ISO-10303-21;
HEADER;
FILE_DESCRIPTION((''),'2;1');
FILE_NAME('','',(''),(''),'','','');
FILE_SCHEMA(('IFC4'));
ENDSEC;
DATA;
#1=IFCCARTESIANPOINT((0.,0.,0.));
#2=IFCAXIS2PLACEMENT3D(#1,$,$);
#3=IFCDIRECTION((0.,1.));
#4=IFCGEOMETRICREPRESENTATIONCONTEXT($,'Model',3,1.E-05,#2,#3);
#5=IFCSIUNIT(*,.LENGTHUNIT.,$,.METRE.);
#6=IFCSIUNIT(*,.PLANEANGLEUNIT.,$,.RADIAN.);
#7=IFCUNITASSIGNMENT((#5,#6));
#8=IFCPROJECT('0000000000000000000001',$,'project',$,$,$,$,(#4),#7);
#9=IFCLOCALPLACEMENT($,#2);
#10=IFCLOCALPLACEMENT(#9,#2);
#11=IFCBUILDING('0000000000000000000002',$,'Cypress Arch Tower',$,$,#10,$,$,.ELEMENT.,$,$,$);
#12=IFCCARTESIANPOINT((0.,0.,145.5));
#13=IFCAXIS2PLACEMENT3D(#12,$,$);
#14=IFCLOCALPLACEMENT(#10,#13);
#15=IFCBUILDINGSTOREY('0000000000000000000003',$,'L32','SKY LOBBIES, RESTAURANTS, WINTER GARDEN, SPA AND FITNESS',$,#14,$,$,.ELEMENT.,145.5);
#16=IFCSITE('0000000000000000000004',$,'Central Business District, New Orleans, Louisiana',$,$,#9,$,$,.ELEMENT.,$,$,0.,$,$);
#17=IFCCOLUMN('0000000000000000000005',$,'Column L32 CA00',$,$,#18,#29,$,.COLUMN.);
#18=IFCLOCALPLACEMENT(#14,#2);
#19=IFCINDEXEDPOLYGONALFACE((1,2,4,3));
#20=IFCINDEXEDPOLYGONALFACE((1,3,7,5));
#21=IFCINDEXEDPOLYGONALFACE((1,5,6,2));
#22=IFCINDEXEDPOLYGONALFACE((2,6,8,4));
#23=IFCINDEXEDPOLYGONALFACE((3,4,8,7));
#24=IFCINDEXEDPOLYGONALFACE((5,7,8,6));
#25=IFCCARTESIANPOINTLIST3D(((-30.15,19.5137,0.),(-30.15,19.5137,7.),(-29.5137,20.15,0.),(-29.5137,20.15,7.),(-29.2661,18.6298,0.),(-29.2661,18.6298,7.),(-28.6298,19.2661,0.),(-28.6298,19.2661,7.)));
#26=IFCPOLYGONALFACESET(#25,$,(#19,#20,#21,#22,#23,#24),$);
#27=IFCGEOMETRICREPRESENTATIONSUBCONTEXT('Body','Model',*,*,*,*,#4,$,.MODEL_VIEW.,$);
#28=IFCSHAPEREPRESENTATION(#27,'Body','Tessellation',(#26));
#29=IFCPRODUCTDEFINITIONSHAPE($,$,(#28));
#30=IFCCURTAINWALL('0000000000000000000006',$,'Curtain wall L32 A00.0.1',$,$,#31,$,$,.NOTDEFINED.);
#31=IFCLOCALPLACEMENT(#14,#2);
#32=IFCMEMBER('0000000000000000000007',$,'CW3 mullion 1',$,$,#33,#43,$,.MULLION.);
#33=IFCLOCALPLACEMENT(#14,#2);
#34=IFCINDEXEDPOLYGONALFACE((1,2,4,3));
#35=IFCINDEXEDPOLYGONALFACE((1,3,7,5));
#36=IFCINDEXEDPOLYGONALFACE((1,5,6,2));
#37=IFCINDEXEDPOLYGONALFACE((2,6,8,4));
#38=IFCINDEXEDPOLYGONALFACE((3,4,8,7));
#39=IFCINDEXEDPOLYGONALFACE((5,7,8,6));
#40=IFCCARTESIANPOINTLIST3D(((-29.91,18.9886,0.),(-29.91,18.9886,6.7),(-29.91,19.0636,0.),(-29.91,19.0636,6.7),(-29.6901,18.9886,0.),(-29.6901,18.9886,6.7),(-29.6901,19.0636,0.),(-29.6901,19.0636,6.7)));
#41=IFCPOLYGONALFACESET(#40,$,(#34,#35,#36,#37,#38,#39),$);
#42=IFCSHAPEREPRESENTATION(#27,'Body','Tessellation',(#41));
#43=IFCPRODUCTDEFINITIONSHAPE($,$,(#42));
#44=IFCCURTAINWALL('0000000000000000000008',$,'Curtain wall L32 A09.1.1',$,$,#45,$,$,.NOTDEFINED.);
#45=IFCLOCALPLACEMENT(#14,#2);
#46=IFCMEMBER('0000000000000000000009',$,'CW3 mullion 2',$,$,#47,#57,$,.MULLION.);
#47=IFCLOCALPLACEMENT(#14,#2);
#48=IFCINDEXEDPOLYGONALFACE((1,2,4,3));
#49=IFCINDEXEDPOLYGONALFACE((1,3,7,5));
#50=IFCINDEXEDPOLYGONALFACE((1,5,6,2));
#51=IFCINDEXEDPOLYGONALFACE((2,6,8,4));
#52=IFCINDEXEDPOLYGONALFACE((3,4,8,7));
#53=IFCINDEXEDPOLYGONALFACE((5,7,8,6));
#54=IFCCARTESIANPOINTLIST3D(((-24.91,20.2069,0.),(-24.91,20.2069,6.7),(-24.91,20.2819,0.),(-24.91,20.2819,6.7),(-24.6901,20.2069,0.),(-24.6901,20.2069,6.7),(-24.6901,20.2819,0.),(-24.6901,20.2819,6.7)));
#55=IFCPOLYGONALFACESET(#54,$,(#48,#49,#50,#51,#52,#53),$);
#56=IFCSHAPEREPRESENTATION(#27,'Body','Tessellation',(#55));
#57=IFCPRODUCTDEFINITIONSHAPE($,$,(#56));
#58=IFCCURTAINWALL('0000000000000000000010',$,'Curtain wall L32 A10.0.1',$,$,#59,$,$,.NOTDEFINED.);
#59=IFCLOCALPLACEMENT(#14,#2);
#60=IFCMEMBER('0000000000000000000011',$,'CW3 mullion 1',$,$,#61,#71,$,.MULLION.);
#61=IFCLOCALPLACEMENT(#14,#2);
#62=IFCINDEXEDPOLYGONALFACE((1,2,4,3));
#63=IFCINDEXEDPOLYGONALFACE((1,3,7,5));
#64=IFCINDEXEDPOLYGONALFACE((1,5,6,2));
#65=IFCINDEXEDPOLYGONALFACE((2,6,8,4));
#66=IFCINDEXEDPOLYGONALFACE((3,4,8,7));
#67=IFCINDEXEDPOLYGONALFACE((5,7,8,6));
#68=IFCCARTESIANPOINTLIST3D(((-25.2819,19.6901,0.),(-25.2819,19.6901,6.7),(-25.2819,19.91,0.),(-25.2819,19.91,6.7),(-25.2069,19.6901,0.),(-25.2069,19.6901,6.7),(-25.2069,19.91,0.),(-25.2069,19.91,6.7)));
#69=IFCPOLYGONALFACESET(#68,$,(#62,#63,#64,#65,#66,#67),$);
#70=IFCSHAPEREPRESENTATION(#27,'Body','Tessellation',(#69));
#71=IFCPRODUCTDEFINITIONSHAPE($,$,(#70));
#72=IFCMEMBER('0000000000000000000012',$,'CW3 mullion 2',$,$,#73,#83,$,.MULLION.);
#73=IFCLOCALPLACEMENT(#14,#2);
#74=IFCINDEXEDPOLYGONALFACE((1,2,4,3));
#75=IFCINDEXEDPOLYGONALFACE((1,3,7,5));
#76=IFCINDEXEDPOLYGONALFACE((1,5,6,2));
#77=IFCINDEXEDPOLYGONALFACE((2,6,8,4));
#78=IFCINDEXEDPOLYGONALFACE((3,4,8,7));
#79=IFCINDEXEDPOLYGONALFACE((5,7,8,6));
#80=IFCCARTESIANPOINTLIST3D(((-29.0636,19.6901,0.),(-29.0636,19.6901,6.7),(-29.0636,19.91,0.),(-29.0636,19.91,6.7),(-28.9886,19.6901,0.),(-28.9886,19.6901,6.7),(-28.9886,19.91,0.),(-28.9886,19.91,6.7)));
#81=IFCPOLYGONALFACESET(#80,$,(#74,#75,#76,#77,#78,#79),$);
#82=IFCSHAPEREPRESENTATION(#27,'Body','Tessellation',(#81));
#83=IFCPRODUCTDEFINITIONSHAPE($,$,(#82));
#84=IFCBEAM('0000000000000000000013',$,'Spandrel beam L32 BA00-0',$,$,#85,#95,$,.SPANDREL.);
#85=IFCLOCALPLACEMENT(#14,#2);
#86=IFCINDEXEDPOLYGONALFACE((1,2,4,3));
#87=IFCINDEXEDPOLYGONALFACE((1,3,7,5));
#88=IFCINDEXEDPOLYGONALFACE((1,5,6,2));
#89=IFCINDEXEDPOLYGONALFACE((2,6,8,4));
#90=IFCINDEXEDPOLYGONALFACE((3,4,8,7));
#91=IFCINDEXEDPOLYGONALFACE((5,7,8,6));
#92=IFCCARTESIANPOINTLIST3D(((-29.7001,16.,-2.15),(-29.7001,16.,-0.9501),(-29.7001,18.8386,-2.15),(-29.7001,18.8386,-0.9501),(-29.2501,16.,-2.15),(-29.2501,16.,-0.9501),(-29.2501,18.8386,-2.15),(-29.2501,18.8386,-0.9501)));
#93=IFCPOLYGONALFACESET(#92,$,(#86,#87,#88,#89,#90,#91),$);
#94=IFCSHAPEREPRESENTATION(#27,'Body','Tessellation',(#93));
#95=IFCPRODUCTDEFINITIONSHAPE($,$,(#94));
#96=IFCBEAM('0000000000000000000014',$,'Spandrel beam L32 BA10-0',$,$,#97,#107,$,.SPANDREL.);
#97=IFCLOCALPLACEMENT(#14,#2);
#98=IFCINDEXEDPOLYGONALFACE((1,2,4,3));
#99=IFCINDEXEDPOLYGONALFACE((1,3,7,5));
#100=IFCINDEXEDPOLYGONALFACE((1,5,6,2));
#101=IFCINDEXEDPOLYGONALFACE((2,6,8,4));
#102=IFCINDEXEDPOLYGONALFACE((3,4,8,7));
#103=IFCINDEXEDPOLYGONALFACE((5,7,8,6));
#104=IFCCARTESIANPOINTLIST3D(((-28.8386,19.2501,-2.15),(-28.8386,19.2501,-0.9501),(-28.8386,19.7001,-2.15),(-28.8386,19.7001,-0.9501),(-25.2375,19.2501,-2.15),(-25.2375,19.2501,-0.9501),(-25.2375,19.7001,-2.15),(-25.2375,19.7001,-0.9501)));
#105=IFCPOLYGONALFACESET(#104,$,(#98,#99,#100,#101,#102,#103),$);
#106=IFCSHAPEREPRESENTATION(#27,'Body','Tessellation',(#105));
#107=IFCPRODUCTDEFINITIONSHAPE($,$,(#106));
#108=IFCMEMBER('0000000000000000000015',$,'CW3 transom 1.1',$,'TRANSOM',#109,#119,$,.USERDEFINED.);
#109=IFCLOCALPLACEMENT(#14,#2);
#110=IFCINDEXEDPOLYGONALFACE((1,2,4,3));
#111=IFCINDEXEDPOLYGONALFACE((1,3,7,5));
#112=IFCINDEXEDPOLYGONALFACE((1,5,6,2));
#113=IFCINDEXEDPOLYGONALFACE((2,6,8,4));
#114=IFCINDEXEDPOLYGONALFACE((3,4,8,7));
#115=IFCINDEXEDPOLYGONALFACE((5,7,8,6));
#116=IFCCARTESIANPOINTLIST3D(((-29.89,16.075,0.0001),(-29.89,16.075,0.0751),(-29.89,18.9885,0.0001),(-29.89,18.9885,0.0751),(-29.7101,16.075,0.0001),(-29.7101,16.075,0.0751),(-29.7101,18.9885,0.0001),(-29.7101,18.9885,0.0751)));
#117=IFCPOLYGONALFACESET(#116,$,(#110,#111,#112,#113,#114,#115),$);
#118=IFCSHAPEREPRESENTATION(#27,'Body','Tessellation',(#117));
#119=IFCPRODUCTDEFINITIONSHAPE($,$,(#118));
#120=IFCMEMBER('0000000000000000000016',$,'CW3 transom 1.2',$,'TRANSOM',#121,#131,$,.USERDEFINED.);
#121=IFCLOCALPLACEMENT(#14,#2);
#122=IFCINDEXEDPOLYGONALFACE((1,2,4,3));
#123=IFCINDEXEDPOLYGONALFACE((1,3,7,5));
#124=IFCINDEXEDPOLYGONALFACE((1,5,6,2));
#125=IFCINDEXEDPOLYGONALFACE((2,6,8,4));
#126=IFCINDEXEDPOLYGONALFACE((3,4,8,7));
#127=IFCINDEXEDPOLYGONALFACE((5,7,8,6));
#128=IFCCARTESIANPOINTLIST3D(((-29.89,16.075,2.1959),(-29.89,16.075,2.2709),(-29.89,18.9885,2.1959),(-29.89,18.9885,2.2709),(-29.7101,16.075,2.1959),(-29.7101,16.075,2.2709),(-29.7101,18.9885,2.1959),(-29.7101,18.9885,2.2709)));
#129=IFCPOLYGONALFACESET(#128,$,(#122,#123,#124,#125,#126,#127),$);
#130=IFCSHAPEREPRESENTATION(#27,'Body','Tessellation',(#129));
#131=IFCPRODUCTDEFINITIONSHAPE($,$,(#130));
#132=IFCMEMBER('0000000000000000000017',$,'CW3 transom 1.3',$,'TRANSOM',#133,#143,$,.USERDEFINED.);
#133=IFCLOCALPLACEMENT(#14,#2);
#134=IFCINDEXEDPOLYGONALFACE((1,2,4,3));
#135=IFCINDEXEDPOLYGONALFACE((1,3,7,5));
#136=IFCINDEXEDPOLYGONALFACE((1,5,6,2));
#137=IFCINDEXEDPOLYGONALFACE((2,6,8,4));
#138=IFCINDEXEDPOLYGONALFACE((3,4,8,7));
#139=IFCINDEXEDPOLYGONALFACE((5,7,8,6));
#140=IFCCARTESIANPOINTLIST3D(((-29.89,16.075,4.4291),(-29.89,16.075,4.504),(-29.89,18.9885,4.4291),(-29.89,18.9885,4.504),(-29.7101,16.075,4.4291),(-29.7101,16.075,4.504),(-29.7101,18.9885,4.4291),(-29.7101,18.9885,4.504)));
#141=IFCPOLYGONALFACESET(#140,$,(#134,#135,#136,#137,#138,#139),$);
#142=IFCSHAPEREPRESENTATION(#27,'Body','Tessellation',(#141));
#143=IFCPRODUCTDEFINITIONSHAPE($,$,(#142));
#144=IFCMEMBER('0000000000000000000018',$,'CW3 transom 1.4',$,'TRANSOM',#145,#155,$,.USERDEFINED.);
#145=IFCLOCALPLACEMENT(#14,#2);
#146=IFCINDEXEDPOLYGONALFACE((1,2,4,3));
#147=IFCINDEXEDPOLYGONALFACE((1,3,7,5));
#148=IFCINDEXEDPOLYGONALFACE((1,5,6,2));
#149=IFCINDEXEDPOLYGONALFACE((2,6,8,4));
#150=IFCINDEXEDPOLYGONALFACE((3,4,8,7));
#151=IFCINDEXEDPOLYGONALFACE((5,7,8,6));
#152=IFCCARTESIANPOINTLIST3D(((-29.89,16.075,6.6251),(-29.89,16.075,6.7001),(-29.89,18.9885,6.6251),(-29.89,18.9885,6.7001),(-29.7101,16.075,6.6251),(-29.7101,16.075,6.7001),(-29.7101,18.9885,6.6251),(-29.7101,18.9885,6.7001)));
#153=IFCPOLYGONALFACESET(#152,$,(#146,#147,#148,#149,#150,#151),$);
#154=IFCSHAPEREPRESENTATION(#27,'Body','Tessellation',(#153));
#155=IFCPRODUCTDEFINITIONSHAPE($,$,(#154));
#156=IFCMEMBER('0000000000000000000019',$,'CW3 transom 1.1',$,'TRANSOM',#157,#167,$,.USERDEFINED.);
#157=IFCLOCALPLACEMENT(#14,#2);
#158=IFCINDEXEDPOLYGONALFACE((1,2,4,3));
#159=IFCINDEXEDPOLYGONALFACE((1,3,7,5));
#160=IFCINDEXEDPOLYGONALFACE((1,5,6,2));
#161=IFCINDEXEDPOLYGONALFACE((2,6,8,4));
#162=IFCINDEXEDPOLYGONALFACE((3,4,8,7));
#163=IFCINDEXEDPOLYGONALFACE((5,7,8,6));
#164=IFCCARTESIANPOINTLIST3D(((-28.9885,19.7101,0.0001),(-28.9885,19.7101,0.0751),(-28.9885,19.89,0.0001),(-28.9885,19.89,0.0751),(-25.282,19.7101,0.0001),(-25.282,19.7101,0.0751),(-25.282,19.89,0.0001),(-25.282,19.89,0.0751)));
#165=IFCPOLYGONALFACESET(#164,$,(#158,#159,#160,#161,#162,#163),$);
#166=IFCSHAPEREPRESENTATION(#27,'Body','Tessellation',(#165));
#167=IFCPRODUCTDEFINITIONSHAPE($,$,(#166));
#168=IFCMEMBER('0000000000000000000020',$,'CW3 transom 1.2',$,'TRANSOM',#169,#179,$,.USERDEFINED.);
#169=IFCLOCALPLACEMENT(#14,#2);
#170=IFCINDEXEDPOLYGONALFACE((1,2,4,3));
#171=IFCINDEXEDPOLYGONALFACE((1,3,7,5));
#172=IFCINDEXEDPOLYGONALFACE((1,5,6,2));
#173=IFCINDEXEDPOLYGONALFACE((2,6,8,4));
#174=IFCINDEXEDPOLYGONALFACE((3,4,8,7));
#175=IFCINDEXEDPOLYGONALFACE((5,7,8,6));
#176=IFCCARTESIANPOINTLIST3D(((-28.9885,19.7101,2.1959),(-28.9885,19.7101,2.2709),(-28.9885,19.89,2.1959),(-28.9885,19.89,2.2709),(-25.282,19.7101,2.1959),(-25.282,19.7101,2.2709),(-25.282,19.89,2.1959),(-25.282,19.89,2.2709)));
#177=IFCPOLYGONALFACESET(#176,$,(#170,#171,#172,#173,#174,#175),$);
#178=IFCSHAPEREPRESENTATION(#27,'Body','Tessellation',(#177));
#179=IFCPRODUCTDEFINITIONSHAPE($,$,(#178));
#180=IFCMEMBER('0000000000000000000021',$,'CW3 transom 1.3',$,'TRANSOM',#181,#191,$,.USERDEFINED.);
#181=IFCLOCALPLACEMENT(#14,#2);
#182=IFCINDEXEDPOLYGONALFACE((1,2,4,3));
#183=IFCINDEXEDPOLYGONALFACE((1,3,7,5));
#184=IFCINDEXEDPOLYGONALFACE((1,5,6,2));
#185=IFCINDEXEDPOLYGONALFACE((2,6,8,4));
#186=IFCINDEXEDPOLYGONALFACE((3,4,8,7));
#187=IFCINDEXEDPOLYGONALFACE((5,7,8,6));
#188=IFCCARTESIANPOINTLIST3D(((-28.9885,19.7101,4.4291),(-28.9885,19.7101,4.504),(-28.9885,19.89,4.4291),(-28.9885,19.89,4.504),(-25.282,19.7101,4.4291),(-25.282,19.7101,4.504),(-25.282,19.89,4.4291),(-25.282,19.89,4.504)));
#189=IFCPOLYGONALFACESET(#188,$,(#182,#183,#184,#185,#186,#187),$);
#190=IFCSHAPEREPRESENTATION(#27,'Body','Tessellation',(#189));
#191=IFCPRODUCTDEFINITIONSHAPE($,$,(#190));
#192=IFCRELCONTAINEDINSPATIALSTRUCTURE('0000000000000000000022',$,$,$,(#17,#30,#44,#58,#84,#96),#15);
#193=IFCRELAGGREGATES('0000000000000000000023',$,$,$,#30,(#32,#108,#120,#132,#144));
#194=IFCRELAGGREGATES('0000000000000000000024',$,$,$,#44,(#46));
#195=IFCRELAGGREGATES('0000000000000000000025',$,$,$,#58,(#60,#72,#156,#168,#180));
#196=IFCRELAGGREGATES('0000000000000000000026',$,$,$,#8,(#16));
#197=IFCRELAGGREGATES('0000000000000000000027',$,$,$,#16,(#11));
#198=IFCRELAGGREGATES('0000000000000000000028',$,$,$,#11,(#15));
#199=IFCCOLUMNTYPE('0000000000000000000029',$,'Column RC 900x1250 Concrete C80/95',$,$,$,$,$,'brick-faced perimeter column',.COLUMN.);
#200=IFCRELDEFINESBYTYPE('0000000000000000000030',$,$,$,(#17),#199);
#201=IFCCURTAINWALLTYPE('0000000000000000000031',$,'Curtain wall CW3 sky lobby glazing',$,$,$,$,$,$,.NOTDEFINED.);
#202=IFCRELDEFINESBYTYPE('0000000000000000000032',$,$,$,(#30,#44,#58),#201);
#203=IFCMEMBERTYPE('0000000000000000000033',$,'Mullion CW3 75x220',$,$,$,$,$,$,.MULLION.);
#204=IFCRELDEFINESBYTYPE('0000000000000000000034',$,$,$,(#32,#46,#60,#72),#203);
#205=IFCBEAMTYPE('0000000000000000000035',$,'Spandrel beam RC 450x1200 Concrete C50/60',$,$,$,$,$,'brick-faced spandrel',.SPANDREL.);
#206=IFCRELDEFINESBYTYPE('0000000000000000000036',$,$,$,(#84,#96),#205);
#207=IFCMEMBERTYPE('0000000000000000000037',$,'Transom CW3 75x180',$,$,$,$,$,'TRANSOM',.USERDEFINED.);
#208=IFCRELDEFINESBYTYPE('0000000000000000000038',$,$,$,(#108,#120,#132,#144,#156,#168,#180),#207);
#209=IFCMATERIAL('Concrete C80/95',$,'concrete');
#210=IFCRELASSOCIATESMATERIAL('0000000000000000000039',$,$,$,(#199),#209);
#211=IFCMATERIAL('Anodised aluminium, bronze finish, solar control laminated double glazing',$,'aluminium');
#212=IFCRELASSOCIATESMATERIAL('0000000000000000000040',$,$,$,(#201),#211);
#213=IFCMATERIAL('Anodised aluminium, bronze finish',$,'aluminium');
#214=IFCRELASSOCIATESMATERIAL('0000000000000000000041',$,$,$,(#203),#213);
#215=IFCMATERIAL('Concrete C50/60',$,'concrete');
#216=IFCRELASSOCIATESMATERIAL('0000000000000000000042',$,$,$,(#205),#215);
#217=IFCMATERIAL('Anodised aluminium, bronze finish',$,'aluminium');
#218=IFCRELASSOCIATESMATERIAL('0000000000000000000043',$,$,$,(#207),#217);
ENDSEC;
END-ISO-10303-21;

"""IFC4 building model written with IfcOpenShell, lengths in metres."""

from ifc_helpers import new_model, si_unit, direction, frame, origin, origin_2d, place, context, subcontext, project, spatial, rectangle, extrude, material, material_profile, profile_set, type_object, element, aggregate, save


model = new_model("IFC4")

# Units and contexts
model_context = context("Model", 3, precision=1e-05, world=origin(), true_north=direction((0.0, 1.0)))
body_context = subcontext(model_context, "Body", "Model", "MODEL_VIEW")
ifc_project = project(units=[si_unit("LENGTHUNIT", "METRE"), si_unit("PLANEANGLEUNIT", "RADIAN")], contexts=[model_context])

# Site, building, storey
site_placement = place(None, origin())
site = spatial("IfcSite", under=ifc_project, at=site_placement, Name="Central Business District, New Orleans, Louisiana", CompositionType="ELEMENT", RefElevation=0.0)
building_placement = place(site_placement, origin())
building = spatial("IfcBuilding", under=site, at=building_placement, Name="Cypress Arch Tower", CompositionType="ELEMENT")
storey_placement = place(building_placement, frame((0.0, 0.0, 145.5)))
storey = spatial("IfcBuildingStorey", under=building, at=storey_placement, Name="L32", Description="SKY LOBBIES, RESTAURANTS, WINTER GARDEN, SPA AND FITNESS", CompositionType="ELEMENT", Elevation=145.5)

# Column
ifc_material_1 = material(Name="Concrete C80/95", Category="concrete")
ifc_material_profile_1 = material_profile(ifc_material_1, rectangle(XDim=0.8999, YDim=1.25, at=origin_2d()), Name="RC 900x1250")
ifc_profile_set_1 = profile_set([ifc_material_profile_1], Name="Concrete C80/95")
column_type = type_object("IfcColumnType", Name="Column RC 900x1250 Concrete C80/95", ElementType="brick-faced perimeter column", PredefinedType="COLUMN", material=ifc_profile_set_1)
column_placement = place(storey_placement, frame((-29.3899, 19.3899, 0.0), z_axis=(0.0, 0.0, 1.0), x_axis=(-0.707107, -0.707107, 0.0)))
element("IfcColumn", 1, at=column_placement, inside=storey, type_object=column_type, Name="Column L32 CA00", PredefinedType="COLUMN", context=body_context, shape_type="SweptSolid", body=[
    extrude(rectangle(XDim=0.8999, YDim=1.25, at=origin_2d()), origin(), (0.0, 0.0, 1.0), 7.0),
])

# Curtain walls, members
ifc_material_2 = material(Name="Anodised aluminium, bronze finish, solar control laminated double glazing", Category="aluminium")
curtain_wall_type = type_object("IfcCurtainWallType", Name="Curtain wall CW3 sky lobby glazing", PredefinedType="NOTDEFINED", material=ifc_material_2)
curtain_wall_1_placement = place(storey_placement, origin())
curtain_wall_1 = element("IfcCurtainWall", 2, at=curtain_wall_1_placement, inside=storey, type_object=curtain_wall_type, Name="Curtain wall L32 A00.0.1", PredefinedType="NOTDEFINED")
ifc_material_3 = material(Name="Anodised aluminium, bronze finish", Category="aluminium")
ifc_material_profile_2 = material_profile(ifc_material_3, rectangle(XDim=0.22, YDim=0.075, at=origin_2d()), Name="Mullion 75x220")
ifc_profile_set_2 = profile_set([ifc_material_profile_2], Name="Anodised aluminium, bronze finish")
member_type_1 = type_object("IfcMemberType", Name="Mullion CW3 75x220", PredefinedType="MULLION", material=ifc_profile_set_2)
member_1_placement = place(storey_placement, frame((-29.8, 19.0261, 0.0), z_axis=(0.0, 0.0, 1.0), x_axis=(1.0, 0.0, 0.0)))
member_1 = element("IfcMember", 3, at=member_1_placement, type_object=member_type_1, Name="CW3 mullion 1", PredefinedType="MULLION", context=body_context, shape_type="SweptSolid", body=[
    extrude(rectangle(XDim=0.22, YDim=0.075, at=origin_2d()), origin(), (0.0, 0.0, 1.0), 6.7),
])
curtain_wall_2_placement = place(storey_placement, origin())
curtain_wall_2 = element("IfcCurtainWall", 4, at=curtain_wall_2_placement, inside=storey, type_object=curtain_wall_type, Name="Curtain wall L32 A09.1.1", PredefinedType="NOTDEFINED")
member_2_placement = place(storey_placement, frame((-24.8, 20.2444, 0.0), z_axis=(0.0, 0.0, 1.0), x_axis=(1.0, 0.0, 0.0)))
member_2 = element("IfcMember", 5, at=member_2_placement, type_object=member_type_1, Name="CW3 mullion 2", PredefinedType="MULLION", context=body_context, shape_type="SweptSolid", body=[
    extrude(rectangle(XDim=0.22, YDim=0.075, at=origin_2d()), origin(), (0.0, 0.0, 1.0), 6.7),
])

# Curtain wall, members
curtain_wall_3_placement = place(storey_placement, origin())
curtain_wall_3 = element("IfcCurtainWall", 6, at=curtain_wall_3_placement, inside=storey, type_object=curtain_wall_type, Name="Curtain wall L32 A10.0.1", PredefinedType="NOTDEFINED")
member_3_placement = place(storey_placement, frame((-25.2444, 19.8, 0.0), z_axis=(0.0, 0.0, 1.0), x_axis=(0.0, -1.0, 0.0)))
member_3 = element("IfcMember", 7, at=member_3_placement, type_object=member_type_1, Name="CW3 mullion 1", PredefinedType="MULLION", context=body_context, shape_type="SweptSolid", body=[
    extrude(rectangle(XDim=0.22, YDim=0.075, at=origin_2d()), origin(), (0.0, 0.0, 1.0), 6.7),
])
member_4_placement = place(storey_placement, frame((-29.0261, 19.8, 0.0), z_axis=(0.0, 0.0, 1.0), x_axis=(0.0, -1.0, 0.0)))
member_4 = element("IfcMember", 8, at=member_4_placement, type_object=member_type_1, Name="CW3 mullion 2", PredefinedType="MULLION", context=body_context, shape_type="SweptSolid", body=[
    extrude(rectangle(XDim=0.22, YDim=0.075, at=origin_2d()), origin(), (0.0, 0.0, 1.0), 6.7),
])

# Beams
ifc_material_4 = material(Name="Concrete C50/60", Category="concrete")
ifc_material_profile_3 = material_profile(ifc_material_4, rectangle(XDim=0.45, YDim=1.2, at=origin_2d()), Name="RC 450x1200")
ifc_profile_set_3 = profile_set([ifc_material_profile_3], Name="Concrete C50/60")
beam_type = type_object("IfcBeamType", Name="Spandrel beam RC 450x1200 Concrete C50/60", ElementType="brick-faced spandrel", PredefinedType="SPANDREL", material=ifc_profile_set_3)
beam_1_placement = place(storey_placement, frame((-29.4751, 18.8386, -1.55), z_axis=(0.0, -1.0, 0.0), x_axis=(1.0, 0.0, 0.0)))
element("IfcBeam", 9, at=beam_1_placement, inside=storey, type_object=beam_type, Name="Spandrel beam L32 BA00-0", PredefinedType="SPANDREL", context=body_context, shape_type="SweptSolid", body=[
    extrude(rectangle(XDim=0.45, YDim=1.2, at=origin_2d()), origin(), (0.0, 0.0, 1.0), 2.8386),
])
beam_2_placement = place(storey_placement, frame((-25.2375, 19.4751, -1.55), z_axis=(-1.0, 0.0, 0.0), x_axis=(0.0, -1.0, 0.0)))
element("IfcBeam", 10, at=beam_2_placement, inside=storey, type_object=beam_type, Name="Spandrel beam L32 BA10-0", PredefinedType="SPANDREL", context=body_context, shape_type="SweptSolid", body=[
    extrude(rectangle(XDim=0.45, YDim=1.2, at=origin_2d()), origin(), (0.0, 0.0, 1.0), 3.6011),
])

# Members
ifc_material_5 = material(Name="Anodised aluminium, bronze finish", Category="aluminium")
ifc_material_profile_4 = material_profile(ifc_material_5, rectangle(XDim=0.1799, YDim=0.075, at=origin_2d()), Name="Transom 75x180")
ifc_profile_set_4 = profile_set([ifc_material_profile_4], Name="Anodised aluminium, bronze finish")
member_type_2 = type_object("IfcMemberType", Name="Transom CW3 75x180", ElementType="TRANSOM", PredefinedType="USERDEFINED", material=ifc_profile_set_4)
member_5_placement = place(storey_placement, frame((-29.8, 18.9885, 0.0376), z_axis=(0.0, -1.0, 0.0), x_axis=(1.0, 0.0, 0.0)))
member_5 = element("IfcMember", 11, at=member_5_placement, type_object=member_type_2, Name="CW3 transom 1.1", ObjectType="TRANSOM", PredefinedType="USERDEFINED", context=body_context, shape_type="SweptSolid", body=[
    extrude(rectangle(XDim=0.1799, YDim=0.075, at=origin_2d()), origin(), (0.0, 0.0, 1.0), 2.9136),
])
member_6_placement = place(storey_placement, frame((-29.8, 18.9885, 2.2334), z_axis=(0.0, -1.0, 0.0), x_axis=(1.0, 0.0, 0.0)))
member_6 = element("IfcMember", 12, at=member_6_placement, type_object=member_type_2, Name="CW3 transom 1.2", ObjectType="TRANSOM", PredefinedType="USERDEFINED", context=body_context, shape_type="SweptSolid", body=[
    extrude(rectangle(XDim=0.1799, YDim=0.075, at=origin_2d()), origin(), (0.0, 0.0, 1.0), 2.9136),
])
member_7_placement = place(storey_placement, frame((-29.8, 18.9885, 4.4666), z_axis=(0.0, -1.0, 0.0), x_axis=(1.0, 0.0, 0.0)))
member_7 = element("IfcMember", 13, at=member_7_placement, type_object=member_type_2, Name="CW3 transom 1.3", ObjectType="TRANSOM", PredefinedType="USERDEFINED", context=body_context, shape_type="SweptSolid", body=[
    extrude(rectangle(XDim=0.1799, YDim=0.075, at=origin_2d()), origin(), (0.0, 0.0, 1.0), 2.9136),
])
member_8_placement = place(storey_placement, frame((-29.8, 18.9885, 6.6626), z_axis=(0.0, -1.0, 0.0), x_axis=(1.0, 0.0, 0.0)))
member_8 = element("IfcMember", 14, at=member_8_placement, type_object=member_type_2, Name="CW3 transom 1.4", ObjectType="TRANSOM", PredefinedType="USERDEFINED", context=body_context, shape_type="SweptSolid", body=[
    extrude(rectangle(XDim=0.1799, YDim=0.075, at=origin_2d()), origin(), (0.0, 0.0, 1.0), 2.9136),
])
member_9_placement = place(storey_placement, frame((-25.282, 19.8, 0.0376), z_axis=(-1.0, 0.0, 0.0), x_axis=(0.0, -1.0, 0.0)))
member_9 = element("IfcMember", 15, at=member_9_placement, type_object=member_type_2, Name="CW3 transom 1.1", ObjectType="TRANSOM", PredefinedType="USERDEFINED", context=body_context, shape_type="SweptSolid", body=[
    extrude(rectangle(XDim=0.1799, YDim=0.075, at=origin_2d()), origin(), (0.0, 0.0, 1.0), 3.7065),
])
member_10_placement = place(storey_placement, frame((-25.282, 19.8, 2.2334), z_axis=(-1.0, 0.0, 0.0), x_axis=(0.0, -1.0, 0.0)))
member_10 = element("IfcMember", 16, at=member_10_placement, type_object=member_type_2, Name="CW3 transom 1.2", ObjectType="TRANSOM", PredefinedType="USERDEFINED", context=body_context, shape_type="SweptSolid", body=[
    extrude(rectangle(XDim=0.1799, YDim=0.075, at=origin_2d()), origin(), (0.0, 0.0, 1.0), 3.7065),
])
member_11_placement = place(storey_placement, frame((-25.282, 19.8, 4.4666), z_axis=(-1.0, 0.0, 0.0), x_axis=(0.0, -1.0, 0.0)))
member_11 = element("IfcMember", 17, at=member_11_placement, type_object=member_type_2, Name="CW3 transom 1.3", ObjectType="TRANSOM", PredefinedType="USERDEFINED", context=body_context, shape_type="SweptSolid", body=[
    extrude(rectangle(XDim=0.1799, YDim=0.075, at=origin_2d()), origin(), (0.0, 0.0, 1.0), 3.7065),
])

aggregate(curtain_wall_1, [member_1, member_5, member_6, member_7, member_8])
aggregate(curtain_wall_2, [member_2])
aggregate(curtain_wall_3, [member_3, member_4, member_9, member_10, member_11])

save(model, "model.ifc")
